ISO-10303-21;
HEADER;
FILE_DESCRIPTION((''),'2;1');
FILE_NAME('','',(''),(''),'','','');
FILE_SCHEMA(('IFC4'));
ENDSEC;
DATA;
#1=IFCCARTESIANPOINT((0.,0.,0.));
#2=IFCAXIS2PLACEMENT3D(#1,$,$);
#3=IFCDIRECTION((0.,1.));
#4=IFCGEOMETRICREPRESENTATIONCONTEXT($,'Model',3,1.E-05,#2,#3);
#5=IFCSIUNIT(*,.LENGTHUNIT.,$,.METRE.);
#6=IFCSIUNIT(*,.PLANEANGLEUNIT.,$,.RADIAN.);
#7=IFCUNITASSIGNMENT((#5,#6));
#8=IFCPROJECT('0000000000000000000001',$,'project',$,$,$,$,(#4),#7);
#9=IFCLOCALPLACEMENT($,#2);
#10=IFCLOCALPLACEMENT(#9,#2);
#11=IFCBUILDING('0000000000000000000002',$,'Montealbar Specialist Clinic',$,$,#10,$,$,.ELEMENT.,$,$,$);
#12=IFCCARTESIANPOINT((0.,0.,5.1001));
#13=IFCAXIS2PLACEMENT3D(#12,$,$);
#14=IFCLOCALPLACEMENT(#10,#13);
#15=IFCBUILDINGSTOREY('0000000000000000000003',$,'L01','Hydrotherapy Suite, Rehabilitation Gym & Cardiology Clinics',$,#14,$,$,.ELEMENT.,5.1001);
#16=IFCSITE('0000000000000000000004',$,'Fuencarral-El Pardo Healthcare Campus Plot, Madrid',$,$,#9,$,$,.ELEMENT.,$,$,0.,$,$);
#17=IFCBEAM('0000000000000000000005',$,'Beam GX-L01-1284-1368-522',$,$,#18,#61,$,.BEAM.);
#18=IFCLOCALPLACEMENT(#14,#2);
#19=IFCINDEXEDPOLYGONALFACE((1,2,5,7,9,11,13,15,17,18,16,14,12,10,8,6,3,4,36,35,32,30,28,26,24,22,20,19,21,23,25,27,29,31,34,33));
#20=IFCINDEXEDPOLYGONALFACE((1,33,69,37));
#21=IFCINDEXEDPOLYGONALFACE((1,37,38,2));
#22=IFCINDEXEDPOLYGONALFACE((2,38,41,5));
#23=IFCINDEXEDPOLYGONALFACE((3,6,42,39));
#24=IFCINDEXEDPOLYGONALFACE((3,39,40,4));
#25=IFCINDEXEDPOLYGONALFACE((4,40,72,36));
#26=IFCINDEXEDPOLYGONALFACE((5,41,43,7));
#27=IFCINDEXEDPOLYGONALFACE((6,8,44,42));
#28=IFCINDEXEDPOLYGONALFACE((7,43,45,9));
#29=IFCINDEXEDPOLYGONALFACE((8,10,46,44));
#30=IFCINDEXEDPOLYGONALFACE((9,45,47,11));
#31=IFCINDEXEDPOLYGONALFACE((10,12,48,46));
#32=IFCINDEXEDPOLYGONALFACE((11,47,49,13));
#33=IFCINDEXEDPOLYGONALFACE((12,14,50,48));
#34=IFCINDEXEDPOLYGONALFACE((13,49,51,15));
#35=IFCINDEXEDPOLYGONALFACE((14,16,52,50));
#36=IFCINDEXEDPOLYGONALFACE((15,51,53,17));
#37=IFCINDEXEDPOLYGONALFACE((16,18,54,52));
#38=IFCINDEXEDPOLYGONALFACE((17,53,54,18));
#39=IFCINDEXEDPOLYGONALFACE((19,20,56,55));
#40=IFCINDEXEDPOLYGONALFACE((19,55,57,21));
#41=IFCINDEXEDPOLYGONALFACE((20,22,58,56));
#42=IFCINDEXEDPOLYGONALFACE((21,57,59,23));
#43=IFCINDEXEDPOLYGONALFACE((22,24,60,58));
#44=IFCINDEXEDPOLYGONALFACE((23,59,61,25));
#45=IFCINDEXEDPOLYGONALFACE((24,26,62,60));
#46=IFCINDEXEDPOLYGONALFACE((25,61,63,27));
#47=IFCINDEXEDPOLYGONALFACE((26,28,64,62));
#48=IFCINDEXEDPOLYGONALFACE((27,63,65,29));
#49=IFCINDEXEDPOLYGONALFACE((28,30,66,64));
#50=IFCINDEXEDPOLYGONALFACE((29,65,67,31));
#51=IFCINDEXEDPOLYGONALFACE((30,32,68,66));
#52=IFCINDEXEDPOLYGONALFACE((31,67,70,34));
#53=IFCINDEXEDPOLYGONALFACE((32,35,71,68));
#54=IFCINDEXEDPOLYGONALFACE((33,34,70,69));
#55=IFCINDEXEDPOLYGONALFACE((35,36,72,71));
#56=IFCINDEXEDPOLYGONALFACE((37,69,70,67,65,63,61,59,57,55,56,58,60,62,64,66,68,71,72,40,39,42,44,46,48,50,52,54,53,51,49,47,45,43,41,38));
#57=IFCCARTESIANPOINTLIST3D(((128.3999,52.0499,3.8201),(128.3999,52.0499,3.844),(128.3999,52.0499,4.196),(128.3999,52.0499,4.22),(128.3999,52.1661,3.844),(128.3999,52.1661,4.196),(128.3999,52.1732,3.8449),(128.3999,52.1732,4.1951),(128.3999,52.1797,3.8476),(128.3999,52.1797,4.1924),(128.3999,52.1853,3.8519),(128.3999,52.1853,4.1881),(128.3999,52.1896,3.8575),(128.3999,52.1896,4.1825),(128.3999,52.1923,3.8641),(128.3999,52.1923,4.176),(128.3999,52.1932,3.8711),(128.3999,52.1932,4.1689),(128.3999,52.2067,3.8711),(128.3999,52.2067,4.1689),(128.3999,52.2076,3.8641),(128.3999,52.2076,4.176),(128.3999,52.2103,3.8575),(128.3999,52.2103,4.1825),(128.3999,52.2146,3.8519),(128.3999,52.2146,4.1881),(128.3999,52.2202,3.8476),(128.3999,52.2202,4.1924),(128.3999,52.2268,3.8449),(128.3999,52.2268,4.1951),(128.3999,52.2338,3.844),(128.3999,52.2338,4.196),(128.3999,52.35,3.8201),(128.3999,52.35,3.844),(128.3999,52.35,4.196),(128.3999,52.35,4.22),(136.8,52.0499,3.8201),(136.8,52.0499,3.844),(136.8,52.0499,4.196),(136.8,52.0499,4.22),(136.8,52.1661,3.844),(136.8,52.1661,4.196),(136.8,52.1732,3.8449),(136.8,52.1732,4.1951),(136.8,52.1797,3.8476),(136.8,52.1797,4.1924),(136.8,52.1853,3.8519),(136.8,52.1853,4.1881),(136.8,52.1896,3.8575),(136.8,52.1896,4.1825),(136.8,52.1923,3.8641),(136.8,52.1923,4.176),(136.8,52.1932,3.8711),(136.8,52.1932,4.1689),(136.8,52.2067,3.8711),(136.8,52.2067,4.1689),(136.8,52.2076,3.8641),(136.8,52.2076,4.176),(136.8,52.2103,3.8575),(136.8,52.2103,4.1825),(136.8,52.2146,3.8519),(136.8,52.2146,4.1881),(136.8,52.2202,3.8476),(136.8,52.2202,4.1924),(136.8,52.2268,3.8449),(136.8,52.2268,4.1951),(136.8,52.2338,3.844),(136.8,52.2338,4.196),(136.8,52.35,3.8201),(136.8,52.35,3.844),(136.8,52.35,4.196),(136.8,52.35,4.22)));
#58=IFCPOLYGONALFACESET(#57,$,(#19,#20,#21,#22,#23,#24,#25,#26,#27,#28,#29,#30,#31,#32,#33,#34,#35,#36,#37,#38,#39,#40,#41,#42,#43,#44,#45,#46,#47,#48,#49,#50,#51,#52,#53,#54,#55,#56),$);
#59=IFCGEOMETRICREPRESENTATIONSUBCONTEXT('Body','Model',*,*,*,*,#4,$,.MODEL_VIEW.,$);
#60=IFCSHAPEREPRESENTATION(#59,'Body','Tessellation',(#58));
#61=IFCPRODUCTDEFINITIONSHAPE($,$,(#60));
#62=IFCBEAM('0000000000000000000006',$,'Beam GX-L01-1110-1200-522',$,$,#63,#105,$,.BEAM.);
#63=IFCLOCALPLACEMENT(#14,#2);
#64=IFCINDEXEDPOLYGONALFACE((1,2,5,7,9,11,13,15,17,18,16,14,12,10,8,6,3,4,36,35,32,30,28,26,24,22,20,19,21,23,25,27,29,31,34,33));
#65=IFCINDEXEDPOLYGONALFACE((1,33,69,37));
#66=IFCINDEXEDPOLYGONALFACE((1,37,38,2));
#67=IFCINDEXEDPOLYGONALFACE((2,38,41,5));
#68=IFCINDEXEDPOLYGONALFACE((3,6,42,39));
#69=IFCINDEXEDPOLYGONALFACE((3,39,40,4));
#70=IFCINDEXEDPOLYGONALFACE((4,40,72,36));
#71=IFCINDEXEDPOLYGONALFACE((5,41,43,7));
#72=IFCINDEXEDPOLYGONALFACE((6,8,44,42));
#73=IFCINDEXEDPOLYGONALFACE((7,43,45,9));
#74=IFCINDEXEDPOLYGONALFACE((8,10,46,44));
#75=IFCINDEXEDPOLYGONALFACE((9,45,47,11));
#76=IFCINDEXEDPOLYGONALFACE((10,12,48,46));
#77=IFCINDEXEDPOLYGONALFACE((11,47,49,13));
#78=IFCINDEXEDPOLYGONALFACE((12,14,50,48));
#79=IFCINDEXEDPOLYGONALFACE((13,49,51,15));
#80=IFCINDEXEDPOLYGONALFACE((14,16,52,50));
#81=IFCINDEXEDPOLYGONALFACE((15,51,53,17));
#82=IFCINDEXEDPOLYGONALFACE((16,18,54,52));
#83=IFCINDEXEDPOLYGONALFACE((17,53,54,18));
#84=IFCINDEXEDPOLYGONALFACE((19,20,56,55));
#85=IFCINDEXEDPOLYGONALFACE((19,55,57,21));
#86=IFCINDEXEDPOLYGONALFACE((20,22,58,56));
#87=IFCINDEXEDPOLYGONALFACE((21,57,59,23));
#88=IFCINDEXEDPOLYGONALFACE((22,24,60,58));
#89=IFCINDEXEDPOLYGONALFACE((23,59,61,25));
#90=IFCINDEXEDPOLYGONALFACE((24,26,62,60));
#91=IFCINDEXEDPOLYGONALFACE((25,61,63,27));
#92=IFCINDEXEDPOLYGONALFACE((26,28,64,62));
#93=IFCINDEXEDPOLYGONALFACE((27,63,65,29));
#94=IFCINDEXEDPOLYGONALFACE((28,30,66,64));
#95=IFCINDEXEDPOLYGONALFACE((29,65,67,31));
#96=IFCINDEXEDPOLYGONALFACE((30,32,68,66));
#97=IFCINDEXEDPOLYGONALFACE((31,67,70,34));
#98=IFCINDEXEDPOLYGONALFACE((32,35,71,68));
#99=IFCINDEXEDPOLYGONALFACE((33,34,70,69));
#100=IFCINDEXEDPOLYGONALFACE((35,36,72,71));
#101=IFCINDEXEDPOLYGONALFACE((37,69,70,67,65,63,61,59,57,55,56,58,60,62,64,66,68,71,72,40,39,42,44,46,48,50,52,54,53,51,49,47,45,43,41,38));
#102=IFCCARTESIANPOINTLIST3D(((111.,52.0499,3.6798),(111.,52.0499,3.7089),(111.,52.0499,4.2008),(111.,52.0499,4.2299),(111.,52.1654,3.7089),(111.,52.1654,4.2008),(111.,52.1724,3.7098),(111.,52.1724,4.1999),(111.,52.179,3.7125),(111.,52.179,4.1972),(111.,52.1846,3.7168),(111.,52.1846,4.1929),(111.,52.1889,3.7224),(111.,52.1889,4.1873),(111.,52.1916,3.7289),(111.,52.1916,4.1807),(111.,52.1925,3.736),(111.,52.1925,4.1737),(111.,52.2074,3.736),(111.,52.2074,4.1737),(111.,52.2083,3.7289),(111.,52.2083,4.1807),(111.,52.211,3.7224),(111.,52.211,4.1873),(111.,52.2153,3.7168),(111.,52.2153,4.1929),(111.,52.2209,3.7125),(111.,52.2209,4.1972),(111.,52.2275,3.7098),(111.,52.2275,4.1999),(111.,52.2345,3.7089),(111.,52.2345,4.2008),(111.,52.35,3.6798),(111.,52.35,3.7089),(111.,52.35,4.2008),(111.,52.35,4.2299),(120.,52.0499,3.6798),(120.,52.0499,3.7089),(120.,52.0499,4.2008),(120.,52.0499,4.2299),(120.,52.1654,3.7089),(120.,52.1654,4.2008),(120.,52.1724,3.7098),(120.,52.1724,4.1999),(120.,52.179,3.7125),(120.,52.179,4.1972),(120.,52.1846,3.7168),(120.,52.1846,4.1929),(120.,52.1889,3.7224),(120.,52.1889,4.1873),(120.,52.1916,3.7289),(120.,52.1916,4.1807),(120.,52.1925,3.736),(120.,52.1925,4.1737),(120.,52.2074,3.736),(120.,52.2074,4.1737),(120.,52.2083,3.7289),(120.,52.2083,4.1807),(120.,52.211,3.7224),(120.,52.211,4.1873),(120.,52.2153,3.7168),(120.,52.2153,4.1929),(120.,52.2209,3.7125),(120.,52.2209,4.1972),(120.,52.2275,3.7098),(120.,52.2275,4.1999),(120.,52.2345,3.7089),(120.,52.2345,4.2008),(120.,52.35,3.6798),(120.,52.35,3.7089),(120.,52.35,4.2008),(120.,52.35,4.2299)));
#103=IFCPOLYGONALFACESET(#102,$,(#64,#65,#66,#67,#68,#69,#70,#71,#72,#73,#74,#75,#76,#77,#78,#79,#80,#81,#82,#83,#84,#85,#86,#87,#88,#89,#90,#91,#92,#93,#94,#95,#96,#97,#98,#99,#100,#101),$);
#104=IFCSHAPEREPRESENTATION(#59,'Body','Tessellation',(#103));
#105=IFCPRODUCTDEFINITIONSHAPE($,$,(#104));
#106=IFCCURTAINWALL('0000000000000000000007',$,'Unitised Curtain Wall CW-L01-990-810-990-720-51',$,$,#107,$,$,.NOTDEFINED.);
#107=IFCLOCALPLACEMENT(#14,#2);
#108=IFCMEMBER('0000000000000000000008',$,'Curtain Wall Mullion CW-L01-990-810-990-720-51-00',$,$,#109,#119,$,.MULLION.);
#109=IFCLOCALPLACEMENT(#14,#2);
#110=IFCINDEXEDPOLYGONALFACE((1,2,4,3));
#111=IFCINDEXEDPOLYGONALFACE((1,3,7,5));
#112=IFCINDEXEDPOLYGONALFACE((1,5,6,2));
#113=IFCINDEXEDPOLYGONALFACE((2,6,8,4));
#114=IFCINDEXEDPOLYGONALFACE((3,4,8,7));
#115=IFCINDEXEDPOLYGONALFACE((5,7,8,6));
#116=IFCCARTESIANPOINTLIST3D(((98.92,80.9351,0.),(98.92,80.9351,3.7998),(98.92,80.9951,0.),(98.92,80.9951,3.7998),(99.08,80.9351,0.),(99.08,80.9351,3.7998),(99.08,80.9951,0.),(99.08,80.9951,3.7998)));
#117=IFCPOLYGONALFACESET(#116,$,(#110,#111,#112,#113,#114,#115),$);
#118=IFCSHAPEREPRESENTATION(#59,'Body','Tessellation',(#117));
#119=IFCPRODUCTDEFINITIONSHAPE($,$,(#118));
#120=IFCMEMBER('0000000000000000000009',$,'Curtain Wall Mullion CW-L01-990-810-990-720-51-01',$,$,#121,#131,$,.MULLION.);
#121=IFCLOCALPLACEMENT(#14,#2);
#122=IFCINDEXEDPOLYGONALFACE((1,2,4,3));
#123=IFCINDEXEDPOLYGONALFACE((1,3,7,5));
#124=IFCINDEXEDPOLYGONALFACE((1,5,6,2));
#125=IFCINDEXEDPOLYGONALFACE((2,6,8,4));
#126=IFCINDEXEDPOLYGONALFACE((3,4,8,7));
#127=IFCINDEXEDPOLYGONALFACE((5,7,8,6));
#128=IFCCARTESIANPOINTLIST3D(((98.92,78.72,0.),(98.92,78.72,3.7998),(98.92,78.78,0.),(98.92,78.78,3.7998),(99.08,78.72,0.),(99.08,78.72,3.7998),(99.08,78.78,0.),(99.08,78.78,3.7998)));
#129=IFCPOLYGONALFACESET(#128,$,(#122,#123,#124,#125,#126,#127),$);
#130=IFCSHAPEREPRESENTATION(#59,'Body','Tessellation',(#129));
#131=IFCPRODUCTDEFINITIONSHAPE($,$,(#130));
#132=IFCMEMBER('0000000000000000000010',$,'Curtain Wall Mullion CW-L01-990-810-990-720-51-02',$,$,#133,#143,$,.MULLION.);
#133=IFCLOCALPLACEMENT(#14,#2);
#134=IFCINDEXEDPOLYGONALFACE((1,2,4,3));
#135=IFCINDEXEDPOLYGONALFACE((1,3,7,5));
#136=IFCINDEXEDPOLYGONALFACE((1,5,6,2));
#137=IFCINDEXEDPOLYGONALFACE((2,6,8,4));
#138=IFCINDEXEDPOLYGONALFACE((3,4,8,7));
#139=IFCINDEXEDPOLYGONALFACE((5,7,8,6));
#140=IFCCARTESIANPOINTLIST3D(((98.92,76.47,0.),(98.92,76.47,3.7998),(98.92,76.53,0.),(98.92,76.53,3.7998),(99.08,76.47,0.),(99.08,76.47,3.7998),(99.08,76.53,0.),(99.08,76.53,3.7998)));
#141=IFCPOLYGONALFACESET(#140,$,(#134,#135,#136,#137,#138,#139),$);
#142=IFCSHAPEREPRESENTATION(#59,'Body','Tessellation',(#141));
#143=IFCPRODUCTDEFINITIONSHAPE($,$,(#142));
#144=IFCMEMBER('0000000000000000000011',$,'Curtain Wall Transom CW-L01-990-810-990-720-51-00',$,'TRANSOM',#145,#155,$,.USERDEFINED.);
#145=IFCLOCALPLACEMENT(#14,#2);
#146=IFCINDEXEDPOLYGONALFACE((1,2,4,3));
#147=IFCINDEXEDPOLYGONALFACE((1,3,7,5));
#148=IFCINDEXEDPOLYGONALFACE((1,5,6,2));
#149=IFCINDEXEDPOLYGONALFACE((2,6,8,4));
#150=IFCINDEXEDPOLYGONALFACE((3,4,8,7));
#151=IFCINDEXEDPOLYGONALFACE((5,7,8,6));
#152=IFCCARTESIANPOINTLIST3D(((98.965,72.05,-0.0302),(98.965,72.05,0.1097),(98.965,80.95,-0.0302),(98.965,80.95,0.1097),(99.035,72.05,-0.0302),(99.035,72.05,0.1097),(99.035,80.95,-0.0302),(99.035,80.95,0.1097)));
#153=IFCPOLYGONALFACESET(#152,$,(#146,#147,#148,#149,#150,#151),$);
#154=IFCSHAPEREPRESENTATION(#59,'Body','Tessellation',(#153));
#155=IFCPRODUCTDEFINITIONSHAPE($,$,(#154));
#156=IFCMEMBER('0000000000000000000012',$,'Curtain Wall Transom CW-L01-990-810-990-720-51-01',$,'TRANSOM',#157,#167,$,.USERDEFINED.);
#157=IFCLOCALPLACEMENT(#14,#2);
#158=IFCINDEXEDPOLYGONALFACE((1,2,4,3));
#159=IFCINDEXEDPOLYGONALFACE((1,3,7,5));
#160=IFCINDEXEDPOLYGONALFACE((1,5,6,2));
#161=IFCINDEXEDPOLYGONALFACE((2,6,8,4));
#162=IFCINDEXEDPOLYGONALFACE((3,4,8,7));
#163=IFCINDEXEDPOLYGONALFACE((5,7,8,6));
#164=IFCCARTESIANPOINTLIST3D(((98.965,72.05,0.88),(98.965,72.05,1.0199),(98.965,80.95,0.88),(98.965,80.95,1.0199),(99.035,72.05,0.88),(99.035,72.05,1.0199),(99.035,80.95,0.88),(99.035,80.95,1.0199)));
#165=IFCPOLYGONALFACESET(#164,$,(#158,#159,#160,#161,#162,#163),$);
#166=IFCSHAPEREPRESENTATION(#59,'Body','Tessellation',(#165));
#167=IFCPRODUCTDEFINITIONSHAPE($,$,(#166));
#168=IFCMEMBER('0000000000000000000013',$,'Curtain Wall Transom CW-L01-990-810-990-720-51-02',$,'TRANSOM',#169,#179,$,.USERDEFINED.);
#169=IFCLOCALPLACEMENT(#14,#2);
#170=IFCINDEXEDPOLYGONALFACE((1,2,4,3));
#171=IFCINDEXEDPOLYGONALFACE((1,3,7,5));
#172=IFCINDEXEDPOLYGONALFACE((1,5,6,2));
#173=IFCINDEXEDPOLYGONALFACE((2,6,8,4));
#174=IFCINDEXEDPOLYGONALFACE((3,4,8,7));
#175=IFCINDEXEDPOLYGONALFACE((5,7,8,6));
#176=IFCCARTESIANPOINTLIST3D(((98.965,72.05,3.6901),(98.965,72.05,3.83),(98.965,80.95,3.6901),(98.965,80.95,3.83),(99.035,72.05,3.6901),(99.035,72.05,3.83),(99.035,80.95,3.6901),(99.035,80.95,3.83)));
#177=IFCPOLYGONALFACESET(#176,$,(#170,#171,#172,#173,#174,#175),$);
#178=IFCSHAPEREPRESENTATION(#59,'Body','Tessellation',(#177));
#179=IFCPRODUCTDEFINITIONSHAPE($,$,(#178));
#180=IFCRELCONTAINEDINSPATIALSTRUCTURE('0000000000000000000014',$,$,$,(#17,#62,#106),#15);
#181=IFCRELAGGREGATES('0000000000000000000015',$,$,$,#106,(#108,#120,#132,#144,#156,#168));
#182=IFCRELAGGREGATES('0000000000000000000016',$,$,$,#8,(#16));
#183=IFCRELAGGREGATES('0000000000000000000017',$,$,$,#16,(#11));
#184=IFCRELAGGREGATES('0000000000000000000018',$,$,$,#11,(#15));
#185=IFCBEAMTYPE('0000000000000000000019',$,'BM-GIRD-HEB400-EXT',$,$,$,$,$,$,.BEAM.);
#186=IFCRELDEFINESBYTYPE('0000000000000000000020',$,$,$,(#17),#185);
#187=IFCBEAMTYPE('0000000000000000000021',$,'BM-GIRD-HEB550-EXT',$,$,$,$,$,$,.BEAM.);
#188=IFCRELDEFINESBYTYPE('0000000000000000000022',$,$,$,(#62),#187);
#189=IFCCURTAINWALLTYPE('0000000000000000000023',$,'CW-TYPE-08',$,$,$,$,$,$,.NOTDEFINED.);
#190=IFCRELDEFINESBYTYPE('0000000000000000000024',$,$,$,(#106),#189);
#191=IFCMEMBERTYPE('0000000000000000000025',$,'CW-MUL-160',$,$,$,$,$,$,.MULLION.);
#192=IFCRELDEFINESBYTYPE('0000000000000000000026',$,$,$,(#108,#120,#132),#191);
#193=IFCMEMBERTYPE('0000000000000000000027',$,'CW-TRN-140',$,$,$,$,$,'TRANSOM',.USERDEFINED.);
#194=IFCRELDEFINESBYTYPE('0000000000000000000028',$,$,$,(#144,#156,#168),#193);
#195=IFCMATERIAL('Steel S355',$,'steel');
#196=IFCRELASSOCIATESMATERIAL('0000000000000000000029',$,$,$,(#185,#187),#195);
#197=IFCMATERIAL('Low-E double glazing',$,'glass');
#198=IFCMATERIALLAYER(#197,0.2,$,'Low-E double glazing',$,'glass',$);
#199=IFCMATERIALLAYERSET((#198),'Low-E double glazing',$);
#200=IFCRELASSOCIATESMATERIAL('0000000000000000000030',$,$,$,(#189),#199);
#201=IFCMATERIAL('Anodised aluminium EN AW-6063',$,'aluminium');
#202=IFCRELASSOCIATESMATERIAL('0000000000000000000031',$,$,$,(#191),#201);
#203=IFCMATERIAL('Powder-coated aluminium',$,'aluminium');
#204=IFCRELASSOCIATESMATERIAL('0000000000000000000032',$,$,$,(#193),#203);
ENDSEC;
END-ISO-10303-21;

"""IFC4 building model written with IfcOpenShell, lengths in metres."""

from ifc_helpers import new_model, si_unit, direction, frame, origin, origin_2d, place, context, subcontext, project, spatial, rectangle, i_section, extrude, material, layer, layer_set, material_profile, profile_set, type_object, element, aggregate, save


model = new_model("IFC4")

# Units and contexts
model_context = context("Model", 3, precision=1e-05, world=origin(), true_north=direction((0.0, 1.0)))
body_context = subcontext(model_context, "Body", "Model", "MODEL_VIEW")
ifc_project = project(units=[si_unit("LENGTHUNIT", "METRE"), si_unit("PLANEANGLEUNIT", "RADIAN")], contexts=[model_context])

# Site, building, storey
site_placement = place(None, origin())
site = spatial("IfcSite", under=ifc_project, at=site_placement, Name="Fuencarral-El Pardo Healthcare Campus Plot, Madrid", CompositionType="ELEMENT", RefElevation=0.0)
building_placement = place(site_placement, origin())
building = spatial("IfcBuilding", under=site, at=building_placement, Name="Montealbar Specialist Clinic", CompositionType="ELEMENT")
storey_placement = place(building_placement, frame((0.0, 0.0, 5.1001)))
storey = spatial("IfcBuildingStorey", under=building, at=storey_placement, Name="L01", Description="Hydrotherapy Suite, Rehabilitation Gym & Cardiology Clinics", CompositionType="ELEMENT", Elevation=5.1001)

# Shared definitions
ifc_material_1 = material(Name="Steel S355", Category="steel")

# Beams
ifc_material_profile_1 = material_profile(ifc_material_1, i_section(OverallWidth=0.3, OverallDepth=0.3999, WebThickness=0.0134, FlangeThickness=0.0239, FilletRadius=0.0271, at=origin_2d()), Name="HEB 400", Category="steel")
ifc_profile_set_1 = profile_set([ifc_material_profile_1], Name="Steel S355")
beam_type_1 = type_object("IfcBeamType", Name="BM-GIRD-HEB400-EXT", PredefinedType="BEAM", material=ifc_profile_set_1)
beam_1_placement = place(storey_placement, frame((128.3999, 52.2, 4.02), z_axis=(1.0, 0.0, 0.0), x_axis=(0.0, 1.0, 0.0)))
element("IfcBeam", 1, at=beam_1_placement, inside=storey, type_object=beam_type_1, Name="Beam GX-L01-1284-1368-522", PredefinedType="BEAM", context=body_context, shape_type="SweptSolid", body=[
    extrude(i_section(OverallWidth=0.3, OverallDepth=0.3999, WebThickness=0.0134, FlangeThickness=0.0239, FilletRadius=0.0271, at=origin_2d()), origin(), (0.0, 0.0, 1.0), 8.4001),
])
ifc_material_profile_2 = material_profile(ifc_material_1, i_section(OverallWidth=0.3, OverallDepth=0.55, WebThickness=0.0149, FlangeThickness=0.0291, FilletRadius=0.0271, at=origin_2d()), Name="HEB 550", Category="steel")
ifc_profile_set_2 = profile_set([ifc_material_profile_2], Name="Steel S355")
beam_type_2 = type_object("IfcBeamType", Name="BM-GIRD-HEB550-EXT", PredefinedType="BEAM", material=ifc_profile_set_2)
beam_2_placement = place(storey_placement, frame((111.0, 52.2, 3.9548), z_axis=(1.0, 0.0, 0.0), x_axis=(0.0, 1.0, 0.0)))
element("IfcBeam", 2, at=beam_2_placement, inside=storey, type_object=beam_type_2, Name="Beam GX-L01-1110-1200-522", PredefinedType="BEAM", context=body_context, shape_type="SweptSolid", body=[
    extrude(i_section(OverallWidth=0.3, OverallDepth=0.55, WebThickness=0.0149, FlangeThickness=0.0291, FilletRadius=0.0271, at=origin_2d()), origin(), (0.0, 0.0, 1.0), 9.0),
])

# Curtain wall, members
ifc_material_2 = material(Name="Low-E double glazing", Category="glass")
ifc_layer_1 = layer(ifc_material_2, 0.2, Name="Low-E double glazing", Category="glass")
ifc_layer_set_1 = layer_set([ifc_layer_1], Name="Low-E double glazing")
curtain_wall_type = type_object("IfcCurtainWallType", Name="CW-TYPE-08", PredefinedType="NOTDEFINED", material=ifc_layer_set_1)
curtain_wall_placement = place(storey_placement, origin())
curtain_wall = element("IfcCurtainWall", 3, at=curtain_wall_placement, inside=storey, type_object=curtain_wall_type, Name="Unitised Curtain Wall CW-L01-990-810-990-720-51", PredefinedType="NOTDEFINED")
ifc_material_3 = material(Name="Anodised aluminium EN AW-6063", Category="aluminium")
ifc_material_profile_3 = material_profile(ifc_material_3, rectangle(XDim=0.0601, YDim=0.1599, at=origin_2d()), Name="ALU 60x160", Category="aluminium")
ifc_profile_set_3 = profile_set([ifc_material_profile_3], Name="Anodised aluminium EN AW-6063")
member_type_1 = type_object("IfcMemberType", Name="CW-MUL-160", PredefinedType="MULLION", material=ifc_profile_set_3)
member_1_placement = place(storey_placement, frame((99.0, 80.9651, 0.0), z_axis=(0.0, 0.0, 1.0), x_axis=(0.0, -1.0, 0.0)))
member_1 = element("IfcMember", 4, at=member_1_placement, type_object=member_type_1, Name="Curtain Wall Mullion CW-L01-990-810-990-720-51-00", PredefinedType="MULLION", context=body_context, shape_type="SweptSolid", body=[
    extrude(rectangle(XDim=0.0601, YDim=0.1599, at=origin_2d()), origin(), (0.0, 0.0, 1.0), 3.7998),
])
member_2_placement = place(storey_placement, frame((99.0, 78.75, 0.0), z_axis=(0.0, 0.0, 1.0), x_axis=(0.0, -1.0, 0.0)))
member_2 = element("IfcMember", 5, at=member_2_placement, type_object=member_type_1, Name="Curtain Wall Mullion CW-L01-990-810-990-720-51-01", PredefinedType="MULLION", context=body_context, shape_type="SweptSolid", body=[
    extrude(rectangle(XDim=0.0601, YDim=0.1599, at=origin_2d()), origin(), (0.0, 0.0, 1.0), 3.7998),
])
member_3_placement = place(storey_placement, frame((99.0, 76.5, 0.0), z_axis=(0.0, 0.0, 1.0), x_axis=(0.0, -1.0, 0.0)))
member_3 = element("IfcMember", 6, at=member_3_placement, type_object=member_type_1, Name="Curtain Wall Mullion CW-L01-990-810-990-720-51-02", PredefinedType="MULLION", context=body_context, shape_type="SweptSolid", body=[
    extrude(rectangle(XDim=0.0601, YDim=0.1599, at=origin_2d()), origin(), (0.0, 0.0, 1.0), 3.7998),
])
ifc_material_4 = material(Name="Powder-coated aluminium", Category="aluminium")
ifc_material_profile_4 = material_profile(ifc_material_4, rectangle(XDim=0.0701, YDim=0.1399, at=origin_2d()), Name="ALU 70x140", Category="aluminium")
ifc_profile_set_4 = profile_set([ifc_material_profile_4], Name="Powder-coated aluminium")
member_type_2 = type_object("IfcMemberType", Name="CW-TRN-140", ElementType="TRANSOM", PredefinedType="USERDEFINED", material=ifc_profile_set_4)
member_4_placement = place(storey_placement, frame((99.0, 80.95, 0.0398), z_axis=(0.0, -1.0, 0.0), x_axis=(1.0, 0.0, 0.0)))
member_4 = element("IfcMember", 7, at=member_4_placement, type_object=member_type_2, Name="Curtain Wall Transom CW-L01-990-810-990-720-51-00", ObjectType="TRANSOM", PredefinedType="USERDEFINED", context=body_context, shape_type="SweptSolid", body=[
    extrude(rectangle(XDim=0.0701, YDim=0.1399, at=origin_2d()), origin(), (0.0, 0.0, 1.0), 8.8999),
])
member_5_placement = place(storey_placement, frame((99.0, 80.95, 0.95), z_axis=(0.0, -1.0, 0.0), x_axis=(1.0, 0.0, 0.0)))
member_5 = element("IfcMember", 8, at=member_5_placement, type_object=member_type_2, Name="Curtain Wall Transom CW-L01-990-810-990-720-51-01", ObjectType="TRANSOM", PredefinedType="USERDEFINED", context=body_context, shape_type="SweptSolid", body=[
    extrude(rectangle(XDim=0.0701, YDim=0.1399, at=origin_2d()), origin(), (0.0, 0.0, 1.0), 8.8999),
])
member_6_placement = place(storey_placement, frame((99.0, 80.95, 3.76), z_axis=(0.0, -1.0, 0.0), x_axis=(1.0, 0.0, 0.0)))
member_6 = element("IfcMember", 9, at=member_6_placement, type_object=member_type_2, Name="Curtain Wall Transom CW-L01-990-810-990-720-51-02", ObjectType="TRANSOM", PredefinedType="USERDEFINED", context=body_context, shape_type="SweptSolid", body=[
    extrude(rectangle(XDim=0.0701, YDim=0.1399, at=origin_2d()), origin(), (0.0, 0.0, 1.0), 8.8999),
])
aggregate(curtain_wall, [member_1, member_2, member_3, member_4, member_5, member_6])

save(model, "model.ifc")
